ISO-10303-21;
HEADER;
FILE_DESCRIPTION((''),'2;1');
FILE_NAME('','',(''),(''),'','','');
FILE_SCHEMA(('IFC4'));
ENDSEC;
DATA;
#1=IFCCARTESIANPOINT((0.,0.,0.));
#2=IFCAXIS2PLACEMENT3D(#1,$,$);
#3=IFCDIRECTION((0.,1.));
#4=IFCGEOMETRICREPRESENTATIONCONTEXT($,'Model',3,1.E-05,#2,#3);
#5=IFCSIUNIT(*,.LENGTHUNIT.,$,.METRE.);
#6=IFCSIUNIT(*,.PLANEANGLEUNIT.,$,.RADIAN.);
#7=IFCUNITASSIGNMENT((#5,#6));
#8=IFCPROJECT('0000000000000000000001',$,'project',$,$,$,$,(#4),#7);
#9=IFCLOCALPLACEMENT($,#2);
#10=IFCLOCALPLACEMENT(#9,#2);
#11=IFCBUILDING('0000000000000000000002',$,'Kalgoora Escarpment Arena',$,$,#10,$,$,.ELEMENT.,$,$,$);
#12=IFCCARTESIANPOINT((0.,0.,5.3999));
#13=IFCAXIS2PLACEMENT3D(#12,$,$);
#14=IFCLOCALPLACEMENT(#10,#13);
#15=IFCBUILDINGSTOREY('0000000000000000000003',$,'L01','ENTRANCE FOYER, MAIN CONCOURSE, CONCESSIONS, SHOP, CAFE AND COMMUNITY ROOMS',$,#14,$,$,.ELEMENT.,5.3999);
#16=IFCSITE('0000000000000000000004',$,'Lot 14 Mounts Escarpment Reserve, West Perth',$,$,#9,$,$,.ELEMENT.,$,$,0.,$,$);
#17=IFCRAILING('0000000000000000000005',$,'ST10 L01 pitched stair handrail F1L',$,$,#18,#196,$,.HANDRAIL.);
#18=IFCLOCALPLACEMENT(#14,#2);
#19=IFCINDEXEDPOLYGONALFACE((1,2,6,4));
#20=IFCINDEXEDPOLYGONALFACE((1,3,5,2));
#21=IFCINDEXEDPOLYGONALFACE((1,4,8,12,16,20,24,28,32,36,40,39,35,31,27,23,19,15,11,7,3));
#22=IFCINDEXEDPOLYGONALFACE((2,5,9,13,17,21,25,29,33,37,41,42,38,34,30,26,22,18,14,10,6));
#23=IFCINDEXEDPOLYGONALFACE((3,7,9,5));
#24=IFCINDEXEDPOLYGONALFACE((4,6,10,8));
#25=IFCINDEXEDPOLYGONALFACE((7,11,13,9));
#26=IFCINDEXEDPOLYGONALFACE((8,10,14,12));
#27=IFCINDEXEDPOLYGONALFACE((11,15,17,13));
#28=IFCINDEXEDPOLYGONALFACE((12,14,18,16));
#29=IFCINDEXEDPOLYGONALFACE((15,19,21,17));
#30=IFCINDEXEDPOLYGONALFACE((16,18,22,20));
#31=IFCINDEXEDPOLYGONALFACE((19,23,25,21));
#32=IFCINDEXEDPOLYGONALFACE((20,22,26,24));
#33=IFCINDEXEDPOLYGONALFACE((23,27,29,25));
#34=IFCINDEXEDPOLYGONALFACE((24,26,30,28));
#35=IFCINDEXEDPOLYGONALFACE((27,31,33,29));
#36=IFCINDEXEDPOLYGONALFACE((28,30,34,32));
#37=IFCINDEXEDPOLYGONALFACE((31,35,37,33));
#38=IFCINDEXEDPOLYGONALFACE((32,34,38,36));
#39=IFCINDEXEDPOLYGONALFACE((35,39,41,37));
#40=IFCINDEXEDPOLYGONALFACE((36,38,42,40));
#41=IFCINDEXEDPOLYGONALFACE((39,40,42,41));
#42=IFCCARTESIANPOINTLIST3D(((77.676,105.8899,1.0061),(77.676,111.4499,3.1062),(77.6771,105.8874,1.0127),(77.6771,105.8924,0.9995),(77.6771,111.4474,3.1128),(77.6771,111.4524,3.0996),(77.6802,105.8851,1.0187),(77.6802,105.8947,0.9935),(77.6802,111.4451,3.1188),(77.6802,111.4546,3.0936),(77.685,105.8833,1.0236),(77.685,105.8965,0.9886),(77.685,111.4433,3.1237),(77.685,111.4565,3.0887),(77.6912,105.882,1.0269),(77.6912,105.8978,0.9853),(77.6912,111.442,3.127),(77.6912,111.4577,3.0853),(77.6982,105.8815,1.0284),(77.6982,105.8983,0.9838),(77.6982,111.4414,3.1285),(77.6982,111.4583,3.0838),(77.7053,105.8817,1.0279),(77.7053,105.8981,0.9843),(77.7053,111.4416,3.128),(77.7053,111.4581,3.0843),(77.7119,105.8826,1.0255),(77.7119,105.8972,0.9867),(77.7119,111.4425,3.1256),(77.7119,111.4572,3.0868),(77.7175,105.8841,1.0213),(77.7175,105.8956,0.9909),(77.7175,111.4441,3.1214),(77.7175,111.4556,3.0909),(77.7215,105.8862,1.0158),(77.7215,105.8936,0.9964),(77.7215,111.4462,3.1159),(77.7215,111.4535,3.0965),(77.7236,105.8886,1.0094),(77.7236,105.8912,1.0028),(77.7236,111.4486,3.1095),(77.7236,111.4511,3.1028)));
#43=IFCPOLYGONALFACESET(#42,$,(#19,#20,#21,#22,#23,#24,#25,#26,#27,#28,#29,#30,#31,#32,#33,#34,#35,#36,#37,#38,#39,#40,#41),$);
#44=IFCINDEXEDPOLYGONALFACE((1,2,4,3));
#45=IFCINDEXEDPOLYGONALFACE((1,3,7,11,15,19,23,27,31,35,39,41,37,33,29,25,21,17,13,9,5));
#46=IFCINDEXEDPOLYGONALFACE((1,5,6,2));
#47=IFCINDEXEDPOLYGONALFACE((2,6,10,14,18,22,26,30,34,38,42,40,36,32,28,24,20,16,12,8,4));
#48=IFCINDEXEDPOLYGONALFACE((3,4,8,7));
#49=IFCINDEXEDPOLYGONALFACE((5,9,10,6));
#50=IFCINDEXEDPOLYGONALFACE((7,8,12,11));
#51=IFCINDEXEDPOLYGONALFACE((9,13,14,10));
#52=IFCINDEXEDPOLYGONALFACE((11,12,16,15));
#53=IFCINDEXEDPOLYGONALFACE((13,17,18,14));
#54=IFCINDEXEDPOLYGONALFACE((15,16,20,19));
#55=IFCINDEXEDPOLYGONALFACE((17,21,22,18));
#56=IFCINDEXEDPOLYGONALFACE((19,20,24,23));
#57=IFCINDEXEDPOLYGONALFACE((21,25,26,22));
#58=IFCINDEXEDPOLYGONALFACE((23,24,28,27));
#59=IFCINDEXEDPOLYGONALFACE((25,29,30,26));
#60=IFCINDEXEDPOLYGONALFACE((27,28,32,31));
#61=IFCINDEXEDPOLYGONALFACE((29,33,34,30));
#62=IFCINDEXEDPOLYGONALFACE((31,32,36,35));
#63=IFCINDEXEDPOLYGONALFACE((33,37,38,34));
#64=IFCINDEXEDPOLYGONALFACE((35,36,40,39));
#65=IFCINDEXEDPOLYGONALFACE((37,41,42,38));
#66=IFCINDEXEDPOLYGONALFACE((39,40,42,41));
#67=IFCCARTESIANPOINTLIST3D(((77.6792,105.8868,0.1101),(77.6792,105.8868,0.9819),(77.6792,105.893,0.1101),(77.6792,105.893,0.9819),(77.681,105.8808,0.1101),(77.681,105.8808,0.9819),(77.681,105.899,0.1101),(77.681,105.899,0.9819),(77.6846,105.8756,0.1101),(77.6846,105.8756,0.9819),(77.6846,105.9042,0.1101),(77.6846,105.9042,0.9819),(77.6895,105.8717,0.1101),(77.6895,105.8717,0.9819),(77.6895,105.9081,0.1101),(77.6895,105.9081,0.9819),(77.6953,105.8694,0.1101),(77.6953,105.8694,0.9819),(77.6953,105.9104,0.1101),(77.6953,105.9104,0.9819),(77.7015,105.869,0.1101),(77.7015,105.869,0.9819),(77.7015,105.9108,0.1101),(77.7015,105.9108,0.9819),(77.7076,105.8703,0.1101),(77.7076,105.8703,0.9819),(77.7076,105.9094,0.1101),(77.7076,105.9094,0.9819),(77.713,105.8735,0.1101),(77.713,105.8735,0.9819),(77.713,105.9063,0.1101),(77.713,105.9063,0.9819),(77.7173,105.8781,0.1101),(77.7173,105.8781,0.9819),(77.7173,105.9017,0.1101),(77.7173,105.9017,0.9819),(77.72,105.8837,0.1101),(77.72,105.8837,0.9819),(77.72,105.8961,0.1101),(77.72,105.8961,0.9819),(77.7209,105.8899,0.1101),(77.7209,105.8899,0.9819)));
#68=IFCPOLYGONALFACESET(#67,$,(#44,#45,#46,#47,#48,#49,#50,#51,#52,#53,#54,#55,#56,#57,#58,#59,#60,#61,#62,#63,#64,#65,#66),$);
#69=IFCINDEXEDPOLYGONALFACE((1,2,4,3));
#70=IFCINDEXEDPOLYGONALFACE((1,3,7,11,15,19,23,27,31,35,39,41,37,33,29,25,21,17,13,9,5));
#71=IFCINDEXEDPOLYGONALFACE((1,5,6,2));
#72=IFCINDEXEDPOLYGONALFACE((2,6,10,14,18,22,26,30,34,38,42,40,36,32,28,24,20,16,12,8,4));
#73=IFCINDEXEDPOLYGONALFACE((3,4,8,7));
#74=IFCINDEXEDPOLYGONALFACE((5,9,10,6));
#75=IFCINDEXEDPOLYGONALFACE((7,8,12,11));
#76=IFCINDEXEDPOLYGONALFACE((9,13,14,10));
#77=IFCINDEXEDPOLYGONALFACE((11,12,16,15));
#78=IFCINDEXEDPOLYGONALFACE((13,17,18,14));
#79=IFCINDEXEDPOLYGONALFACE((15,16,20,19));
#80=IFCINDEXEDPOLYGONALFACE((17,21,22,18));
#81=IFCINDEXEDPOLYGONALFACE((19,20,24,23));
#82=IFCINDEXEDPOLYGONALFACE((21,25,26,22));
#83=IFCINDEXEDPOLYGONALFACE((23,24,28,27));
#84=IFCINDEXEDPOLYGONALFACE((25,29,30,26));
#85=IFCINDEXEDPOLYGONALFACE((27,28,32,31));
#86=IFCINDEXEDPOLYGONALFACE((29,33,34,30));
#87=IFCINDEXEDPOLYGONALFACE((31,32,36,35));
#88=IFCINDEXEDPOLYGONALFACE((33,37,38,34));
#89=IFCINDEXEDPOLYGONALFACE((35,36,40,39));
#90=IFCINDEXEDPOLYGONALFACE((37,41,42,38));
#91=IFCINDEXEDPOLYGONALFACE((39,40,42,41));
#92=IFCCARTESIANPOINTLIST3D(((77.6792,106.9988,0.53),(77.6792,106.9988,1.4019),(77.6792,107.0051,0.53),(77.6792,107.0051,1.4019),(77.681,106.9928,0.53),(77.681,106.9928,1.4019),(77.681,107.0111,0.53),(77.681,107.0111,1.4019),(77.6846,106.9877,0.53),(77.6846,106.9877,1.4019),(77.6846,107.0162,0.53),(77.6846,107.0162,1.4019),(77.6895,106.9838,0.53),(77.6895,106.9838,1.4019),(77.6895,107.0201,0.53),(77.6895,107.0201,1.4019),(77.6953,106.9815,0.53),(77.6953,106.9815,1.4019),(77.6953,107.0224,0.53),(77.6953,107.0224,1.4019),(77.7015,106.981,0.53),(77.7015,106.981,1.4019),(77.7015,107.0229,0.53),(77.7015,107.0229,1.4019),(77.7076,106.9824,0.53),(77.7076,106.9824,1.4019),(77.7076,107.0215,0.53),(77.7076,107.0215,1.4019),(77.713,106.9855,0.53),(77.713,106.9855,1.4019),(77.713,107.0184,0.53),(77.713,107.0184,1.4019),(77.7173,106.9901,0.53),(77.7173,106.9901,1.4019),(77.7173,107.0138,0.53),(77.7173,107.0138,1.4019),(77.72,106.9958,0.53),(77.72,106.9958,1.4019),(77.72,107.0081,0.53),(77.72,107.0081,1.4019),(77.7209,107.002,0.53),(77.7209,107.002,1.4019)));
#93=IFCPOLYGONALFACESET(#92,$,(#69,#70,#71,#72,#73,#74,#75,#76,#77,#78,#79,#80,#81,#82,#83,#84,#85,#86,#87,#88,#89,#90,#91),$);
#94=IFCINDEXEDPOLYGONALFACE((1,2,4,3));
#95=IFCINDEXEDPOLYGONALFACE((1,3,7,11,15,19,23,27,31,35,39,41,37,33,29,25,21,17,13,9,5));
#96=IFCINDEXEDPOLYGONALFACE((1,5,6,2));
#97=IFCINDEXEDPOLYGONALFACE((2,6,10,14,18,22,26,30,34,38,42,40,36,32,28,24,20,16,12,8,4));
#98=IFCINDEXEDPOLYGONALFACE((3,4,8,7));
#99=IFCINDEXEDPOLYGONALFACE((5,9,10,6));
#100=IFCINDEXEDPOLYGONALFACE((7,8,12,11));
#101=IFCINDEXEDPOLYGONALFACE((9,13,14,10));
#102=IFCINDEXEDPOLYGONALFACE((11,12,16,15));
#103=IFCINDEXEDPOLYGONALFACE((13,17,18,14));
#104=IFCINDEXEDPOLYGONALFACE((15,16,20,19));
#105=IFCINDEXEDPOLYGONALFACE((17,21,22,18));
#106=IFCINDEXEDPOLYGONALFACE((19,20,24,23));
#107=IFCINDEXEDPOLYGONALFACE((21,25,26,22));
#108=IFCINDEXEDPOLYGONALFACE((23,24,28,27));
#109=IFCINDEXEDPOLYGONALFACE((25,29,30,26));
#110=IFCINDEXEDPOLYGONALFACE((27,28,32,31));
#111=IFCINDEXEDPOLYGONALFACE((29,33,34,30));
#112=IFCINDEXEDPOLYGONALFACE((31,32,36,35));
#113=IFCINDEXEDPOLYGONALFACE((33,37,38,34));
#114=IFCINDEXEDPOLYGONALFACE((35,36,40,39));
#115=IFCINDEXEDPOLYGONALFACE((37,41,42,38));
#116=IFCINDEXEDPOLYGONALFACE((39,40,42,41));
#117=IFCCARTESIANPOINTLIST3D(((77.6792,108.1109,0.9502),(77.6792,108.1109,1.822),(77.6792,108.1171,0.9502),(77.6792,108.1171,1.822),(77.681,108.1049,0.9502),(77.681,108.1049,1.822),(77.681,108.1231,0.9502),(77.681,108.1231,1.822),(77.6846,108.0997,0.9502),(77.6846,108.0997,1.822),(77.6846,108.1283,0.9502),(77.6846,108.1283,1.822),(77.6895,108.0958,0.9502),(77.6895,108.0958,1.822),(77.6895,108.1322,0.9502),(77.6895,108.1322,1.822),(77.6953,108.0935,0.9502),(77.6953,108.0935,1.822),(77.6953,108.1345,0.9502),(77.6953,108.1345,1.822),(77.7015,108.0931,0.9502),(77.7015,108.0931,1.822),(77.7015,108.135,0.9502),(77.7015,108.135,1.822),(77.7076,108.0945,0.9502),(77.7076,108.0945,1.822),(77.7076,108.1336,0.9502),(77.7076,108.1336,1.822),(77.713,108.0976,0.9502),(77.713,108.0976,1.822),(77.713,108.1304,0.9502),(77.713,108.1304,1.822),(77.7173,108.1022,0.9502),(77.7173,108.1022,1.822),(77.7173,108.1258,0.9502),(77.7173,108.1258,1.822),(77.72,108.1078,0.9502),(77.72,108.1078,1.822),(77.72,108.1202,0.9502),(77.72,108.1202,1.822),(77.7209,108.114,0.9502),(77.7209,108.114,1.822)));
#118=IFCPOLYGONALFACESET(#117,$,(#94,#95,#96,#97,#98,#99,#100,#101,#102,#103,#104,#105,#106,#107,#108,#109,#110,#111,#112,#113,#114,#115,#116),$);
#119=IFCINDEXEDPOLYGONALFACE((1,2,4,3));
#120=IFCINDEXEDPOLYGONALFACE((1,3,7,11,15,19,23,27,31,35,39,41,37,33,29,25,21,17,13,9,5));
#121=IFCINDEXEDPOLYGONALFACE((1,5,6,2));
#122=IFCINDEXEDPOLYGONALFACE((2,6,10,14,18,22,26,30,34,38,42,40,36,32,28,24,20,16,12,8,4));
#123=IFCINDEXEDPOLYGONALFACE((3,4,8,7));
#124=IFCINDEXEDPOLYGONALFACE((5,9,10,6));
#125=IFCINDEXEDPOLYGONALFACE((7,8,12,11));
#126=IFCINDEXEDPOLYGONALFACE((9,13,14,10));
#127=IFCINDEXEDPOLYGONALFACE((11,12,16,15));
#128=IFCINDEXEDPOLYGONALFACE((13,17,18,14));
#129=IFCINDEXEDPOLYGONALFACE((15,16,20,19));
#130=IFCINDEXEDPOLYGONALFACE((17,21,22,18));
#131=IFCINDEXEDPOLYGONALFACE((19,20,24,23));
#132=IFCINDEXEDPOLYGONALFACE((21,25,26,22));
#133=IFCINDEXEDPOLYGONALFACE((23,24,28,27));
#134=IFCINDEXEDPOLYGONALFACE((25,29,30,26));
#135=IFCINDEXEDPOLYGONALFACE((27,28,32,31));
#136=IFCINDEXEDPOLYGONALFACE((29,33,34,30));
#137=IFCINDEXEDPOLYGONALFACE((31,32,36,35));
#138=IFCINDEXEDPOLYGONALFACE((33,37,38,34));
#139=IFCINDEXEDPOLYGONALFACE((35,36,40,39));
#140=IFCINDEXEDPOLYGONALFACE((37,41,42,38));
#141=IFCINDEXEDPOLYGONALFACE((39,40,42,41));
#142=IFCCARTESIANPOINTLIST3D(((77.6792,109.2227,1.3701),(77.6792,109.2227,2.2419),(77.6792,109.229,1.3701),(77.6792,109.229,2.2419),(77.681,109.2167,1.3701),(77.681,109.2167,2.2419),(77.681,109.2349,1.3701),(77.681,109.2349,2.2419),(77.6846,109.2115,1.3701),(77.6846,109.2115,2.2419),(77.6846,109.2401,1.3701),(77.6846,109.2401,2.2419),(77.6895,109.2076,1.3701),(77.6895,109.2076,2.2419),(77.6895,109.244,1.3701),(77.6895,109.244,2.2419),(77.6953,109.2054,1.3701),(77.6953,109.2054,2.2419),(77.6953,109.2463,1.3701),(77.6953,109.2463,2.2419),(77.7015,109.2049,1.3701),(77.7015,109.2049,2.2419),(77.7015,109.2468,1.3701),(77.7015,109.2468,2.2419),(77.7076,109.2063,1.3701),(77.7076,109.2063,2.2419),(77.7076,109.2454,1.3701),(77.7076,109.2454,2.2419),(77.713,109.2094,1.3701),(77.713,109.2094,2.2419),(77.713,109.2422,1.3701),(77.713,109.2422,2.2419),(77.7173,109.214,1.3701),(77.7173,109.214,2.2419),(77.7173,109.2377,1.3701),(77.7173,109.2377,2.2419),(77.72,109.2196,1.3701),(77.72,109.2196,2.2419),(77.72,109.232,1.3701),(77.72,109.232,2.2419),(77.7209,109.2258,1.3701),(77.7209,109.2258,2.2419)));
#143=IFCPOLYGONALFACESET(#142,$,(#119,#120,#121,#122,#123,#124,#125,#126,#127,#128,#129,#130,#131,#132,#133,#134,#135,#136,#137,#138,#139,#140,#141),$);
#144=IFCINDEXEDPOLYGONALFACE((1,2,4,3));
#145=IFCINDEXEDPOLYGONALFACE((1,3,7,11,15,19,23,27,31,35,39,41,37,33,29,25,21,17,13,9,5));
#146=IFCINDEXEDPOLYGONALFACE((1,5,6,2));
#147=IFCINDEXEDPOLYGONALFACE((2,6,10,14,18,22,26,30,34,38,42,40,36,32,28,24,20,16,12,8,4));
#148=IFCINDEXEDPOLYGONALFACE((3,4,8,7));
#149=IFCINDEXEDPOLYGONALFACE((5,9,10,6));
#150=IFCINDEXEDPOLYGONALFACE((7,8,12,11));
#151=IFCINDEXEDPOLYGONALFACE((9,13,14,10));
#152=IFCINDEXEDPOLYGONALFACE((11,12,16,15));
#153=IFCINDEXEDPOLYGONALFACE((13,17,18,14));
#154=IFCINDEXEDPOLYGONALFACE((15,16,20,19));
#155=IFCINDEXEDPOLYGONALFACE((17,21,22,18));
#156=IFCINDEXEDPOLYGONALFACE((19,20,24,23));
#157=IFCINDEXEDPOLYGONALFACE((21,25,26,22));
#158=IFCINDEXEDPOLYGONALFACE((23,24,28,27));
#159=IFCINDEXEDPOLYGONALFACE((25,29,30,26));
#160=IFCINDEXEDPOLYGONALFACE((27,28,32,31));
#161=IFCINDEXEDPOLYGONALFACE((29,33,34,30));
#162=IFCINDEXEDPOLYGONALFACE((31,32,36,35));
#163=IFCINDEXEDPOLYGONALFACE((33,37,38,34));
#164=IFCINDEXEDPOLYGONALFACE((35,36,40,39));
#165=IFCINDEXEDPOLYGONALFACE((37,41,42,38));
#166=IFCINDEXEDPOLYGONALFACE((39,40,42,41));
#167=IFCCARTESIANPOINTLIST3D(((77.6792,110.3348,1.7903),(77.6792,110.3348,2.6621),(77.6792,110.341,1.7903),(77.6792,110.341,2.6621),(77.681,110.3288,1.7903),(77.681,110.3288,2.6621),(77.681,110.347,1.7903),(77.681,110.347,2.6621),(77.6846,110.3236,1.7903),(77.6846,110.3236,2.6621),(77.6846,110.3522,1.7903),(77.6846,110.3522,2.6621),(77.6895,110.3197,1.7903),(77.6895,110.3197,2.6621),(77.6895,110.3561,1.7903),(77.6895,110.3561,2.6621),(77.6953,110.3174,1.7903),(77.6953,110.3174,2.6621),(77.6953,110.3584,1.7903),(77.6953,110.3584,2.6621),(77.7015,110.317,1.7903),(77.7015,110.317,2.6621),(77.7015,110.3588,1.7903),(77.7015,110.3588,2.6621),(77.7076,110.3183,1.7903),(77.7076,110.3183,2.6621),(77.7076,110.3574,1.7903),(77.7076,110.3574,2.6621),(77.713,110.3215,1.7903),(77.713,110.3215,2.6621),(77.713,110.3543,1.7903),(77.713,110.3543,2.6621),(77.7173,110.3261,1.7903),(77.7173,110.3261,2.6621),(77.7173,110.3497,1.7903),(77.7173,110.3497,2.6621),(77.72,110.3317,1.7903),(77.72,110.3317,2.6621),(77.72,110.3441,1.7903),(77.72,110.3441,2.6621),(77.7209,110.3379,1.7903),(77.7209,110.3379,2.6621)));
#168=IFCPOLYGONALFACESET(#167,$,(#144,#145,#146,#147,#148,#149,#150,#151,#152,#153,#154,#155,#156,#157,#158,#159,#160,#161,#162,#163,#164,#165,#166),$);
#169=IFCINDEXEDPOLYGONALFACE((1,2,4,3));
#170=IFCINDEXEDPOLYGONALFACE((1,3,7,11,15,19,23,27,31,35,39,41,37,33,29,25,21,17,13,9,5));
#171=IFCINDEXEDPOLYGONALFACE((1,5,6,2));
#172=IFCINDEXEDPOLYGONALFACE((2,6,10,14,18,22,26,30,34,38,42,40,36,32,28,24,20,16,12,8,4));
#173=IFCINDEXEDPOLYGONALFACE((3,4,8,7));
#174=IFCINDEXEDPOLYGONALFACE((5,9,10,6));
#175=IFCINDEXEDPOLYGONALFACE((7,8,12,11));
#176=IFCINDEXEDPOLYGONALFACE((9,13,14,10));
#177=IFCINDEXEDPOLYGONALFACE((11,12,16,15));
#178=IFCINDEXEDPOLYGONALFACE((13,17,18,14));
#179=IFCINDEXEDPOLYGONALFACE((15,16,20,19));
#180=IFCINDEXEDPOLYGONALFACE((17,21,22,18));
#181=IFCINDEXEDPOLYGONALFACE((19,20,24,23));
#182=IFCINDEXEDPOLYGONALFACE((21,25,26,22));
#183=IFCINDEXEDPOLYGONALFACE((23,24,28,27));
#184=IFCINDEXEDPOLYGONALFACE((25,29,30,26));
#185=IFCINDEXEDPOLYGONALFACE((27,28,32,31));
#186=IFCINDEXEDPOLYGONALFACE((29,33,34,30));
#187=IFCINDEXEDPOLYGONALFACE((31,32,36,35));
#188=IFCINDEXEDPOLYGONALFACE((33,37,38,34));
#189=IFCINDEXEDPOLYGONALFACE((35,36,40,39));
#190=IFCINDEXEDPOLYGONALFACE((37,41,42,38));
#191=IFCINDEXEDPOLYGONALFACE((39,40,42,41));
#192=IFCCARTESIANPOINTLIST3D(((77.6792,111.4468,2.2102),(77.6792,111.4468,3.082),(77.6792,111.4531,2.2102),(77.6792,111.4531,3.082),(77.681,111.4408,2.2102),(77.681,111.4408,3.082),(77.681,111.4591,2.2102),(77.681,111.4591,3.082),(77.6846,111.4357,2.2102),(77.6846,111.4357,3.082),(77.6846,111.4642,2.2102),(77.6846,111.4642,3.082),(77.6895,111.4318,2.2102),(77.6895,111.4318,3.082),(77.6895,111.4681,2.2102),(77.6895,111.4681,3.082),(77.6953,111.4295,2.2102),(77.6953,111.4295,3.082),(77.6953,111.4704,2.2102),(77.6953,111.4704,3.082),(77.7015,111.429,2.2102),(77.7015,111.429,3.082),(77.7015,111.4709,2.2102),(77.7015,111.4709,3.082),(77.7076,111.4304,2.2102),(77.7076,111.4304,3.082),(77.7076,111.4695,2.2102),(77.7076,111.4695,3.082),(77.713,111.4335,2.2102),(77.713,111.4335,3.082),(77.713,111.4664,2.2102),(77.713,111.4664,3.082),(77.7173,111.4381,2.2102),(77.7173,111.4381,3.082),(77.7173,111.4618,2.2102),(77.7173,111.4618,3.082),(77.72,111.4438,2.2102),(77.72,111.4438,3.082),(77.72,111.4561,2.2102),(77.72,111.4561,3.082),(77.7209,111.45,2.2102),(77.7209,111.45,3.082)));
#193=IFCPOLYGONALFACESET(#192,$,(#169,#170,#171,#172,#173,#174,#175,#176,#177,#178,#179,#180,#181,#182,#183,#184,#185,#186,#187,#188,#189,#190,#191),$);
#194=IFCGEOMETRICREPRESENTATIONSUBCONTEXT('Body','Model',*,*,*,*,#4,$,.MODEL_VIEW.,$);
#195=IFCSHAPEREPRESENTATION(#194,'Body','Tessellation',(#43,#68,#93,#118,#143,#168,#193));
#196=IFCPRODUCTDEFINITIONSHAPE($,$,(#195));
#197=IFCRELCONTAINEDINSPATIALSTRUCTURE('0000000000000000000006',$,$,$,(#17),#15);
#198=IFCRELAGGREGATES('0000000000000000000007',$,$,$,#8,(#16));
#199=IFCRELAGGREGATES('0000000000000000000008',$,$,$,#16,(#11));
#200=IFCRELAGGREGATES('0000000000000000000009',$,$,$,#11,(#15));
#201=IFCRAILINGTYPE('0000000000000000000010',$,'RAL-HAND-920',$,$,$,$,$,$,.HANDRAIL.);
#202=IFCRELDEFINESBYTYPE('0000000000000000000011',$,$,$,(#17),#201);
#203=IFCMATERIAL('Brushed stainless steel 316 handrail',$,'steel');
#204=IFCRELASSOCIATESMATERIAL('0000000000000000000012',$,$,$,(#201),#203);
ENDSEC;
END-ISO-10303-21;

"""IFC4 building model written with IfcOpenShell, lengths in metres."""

from ifc_helpers import new_model, si_unit, direction, frame, origin, origin_2d, place, context, subcontext, project, spatial, circle, extrude, material, type_object, element, save


model = new_model("IFC4")

# Units and contexts
model_context = context("Model", 3, precision=1e-05, world=origin(), true_north=direction((0.0, 1.0)))
body_context = subcontext(model_context, "Body", "Model", "MODEL_VIEW")
ifc_project = project(units=[si_unit("LENGTHUNIT", "METRE"), si_unit("PLANEANGLEUNIT", "RADIAN")], contexts=[model_context])

# Site, building, storey
site_placement = place(None, origin())
site = spatial("IfcSite", under=ifc_project, at=site_placement, Name="Lot 14 Mounts Escarpment Reserve, West Perth", CompositionType="ELEMENT", RefElevation=0.0)
building_placement = place(site_placement, origin())
building = spatial("IfcBuilding", under=site, at=building_placement, Name="Kalgoora Escarpment Arena", CompositionType="ELEMENT")
storey_placement = place(building_placement, frame((0.0, 0.0, 5.3999)))
storey = spatial("IfcBuildingStorey", under=building, at=storey_placement, Name="L01", Description="ENTRANCE FOYER, MAIN CONCOURSE, CONCESSIONS, SHOP, CAFE AND COMMUNITY ROOMS", CompositionType="ELEMENT", Elevation=5.3999)

# Railing
ifc_material_1 = material(Name="Brushed stainless steel 316 handrail", Category="steel")
railing_type_1 = type_object("IfcRailingType", Name="RAL-HAND-920", PredefinedType="HANDRAIL", material=ifc_material_1)
for number, where, name in (
    (1, (77.7, 105.8899, 0.1101), "ST10 L01 pitched stair handrail F1L"),
):
    element("IfcRailing", number, at=place(storey_placement, frame(where)), inside=storey, type_object=railing_type_1, Name=name, PredefinedType="HANDRAIL", context=body_context, shape_type="SweptSolid", body=[
        extrude(circle(Radius=0.0239, at=origin_2d()), frame((0.0, 0.0, 0.896), z_axis=(0.0, 0.935493, 0.353346), x_axis=(-1.0, 0.0, 0.0)), (0.0, 0.0, 1.0), 5.9434),
        extrude(circle(Radius=0.021, at=origin_2d()), origin(), (0.0, 0.0, 1.0), 0.8718),
        extrude(circle(Radius=0.021, at=origin_2d()), frame((0.0, 1.1121, 0.4199)), (0.0, 0.0, 1.0), 0.8718),
        extrude(circle(Radius=0.021, at=origin_2d()), frame((0.0, 2.2241, 0.8401)), (0.0, 0.0, 1.0), 0.8718),
        extrude(circle(Radius=0.021, at=origin_2d()), frame((0.0, 3.3359, 1.26)), (0.0, 0.0, 1.0), 0.8718),
        extrude(circle(Radius=0.021, at=origin_2d()), frame((0.0, 4.448, 1.6802)), (0.0, 0.0, 1.0), 0.8718),
        extrude(circle(Radius=0.021, at=origin_2d()), frame((0.0, 5.5601, 2.1001)), (0.0, 0.0, 1.0), 0.8718),
    ])

save(model, "model.ifc")
